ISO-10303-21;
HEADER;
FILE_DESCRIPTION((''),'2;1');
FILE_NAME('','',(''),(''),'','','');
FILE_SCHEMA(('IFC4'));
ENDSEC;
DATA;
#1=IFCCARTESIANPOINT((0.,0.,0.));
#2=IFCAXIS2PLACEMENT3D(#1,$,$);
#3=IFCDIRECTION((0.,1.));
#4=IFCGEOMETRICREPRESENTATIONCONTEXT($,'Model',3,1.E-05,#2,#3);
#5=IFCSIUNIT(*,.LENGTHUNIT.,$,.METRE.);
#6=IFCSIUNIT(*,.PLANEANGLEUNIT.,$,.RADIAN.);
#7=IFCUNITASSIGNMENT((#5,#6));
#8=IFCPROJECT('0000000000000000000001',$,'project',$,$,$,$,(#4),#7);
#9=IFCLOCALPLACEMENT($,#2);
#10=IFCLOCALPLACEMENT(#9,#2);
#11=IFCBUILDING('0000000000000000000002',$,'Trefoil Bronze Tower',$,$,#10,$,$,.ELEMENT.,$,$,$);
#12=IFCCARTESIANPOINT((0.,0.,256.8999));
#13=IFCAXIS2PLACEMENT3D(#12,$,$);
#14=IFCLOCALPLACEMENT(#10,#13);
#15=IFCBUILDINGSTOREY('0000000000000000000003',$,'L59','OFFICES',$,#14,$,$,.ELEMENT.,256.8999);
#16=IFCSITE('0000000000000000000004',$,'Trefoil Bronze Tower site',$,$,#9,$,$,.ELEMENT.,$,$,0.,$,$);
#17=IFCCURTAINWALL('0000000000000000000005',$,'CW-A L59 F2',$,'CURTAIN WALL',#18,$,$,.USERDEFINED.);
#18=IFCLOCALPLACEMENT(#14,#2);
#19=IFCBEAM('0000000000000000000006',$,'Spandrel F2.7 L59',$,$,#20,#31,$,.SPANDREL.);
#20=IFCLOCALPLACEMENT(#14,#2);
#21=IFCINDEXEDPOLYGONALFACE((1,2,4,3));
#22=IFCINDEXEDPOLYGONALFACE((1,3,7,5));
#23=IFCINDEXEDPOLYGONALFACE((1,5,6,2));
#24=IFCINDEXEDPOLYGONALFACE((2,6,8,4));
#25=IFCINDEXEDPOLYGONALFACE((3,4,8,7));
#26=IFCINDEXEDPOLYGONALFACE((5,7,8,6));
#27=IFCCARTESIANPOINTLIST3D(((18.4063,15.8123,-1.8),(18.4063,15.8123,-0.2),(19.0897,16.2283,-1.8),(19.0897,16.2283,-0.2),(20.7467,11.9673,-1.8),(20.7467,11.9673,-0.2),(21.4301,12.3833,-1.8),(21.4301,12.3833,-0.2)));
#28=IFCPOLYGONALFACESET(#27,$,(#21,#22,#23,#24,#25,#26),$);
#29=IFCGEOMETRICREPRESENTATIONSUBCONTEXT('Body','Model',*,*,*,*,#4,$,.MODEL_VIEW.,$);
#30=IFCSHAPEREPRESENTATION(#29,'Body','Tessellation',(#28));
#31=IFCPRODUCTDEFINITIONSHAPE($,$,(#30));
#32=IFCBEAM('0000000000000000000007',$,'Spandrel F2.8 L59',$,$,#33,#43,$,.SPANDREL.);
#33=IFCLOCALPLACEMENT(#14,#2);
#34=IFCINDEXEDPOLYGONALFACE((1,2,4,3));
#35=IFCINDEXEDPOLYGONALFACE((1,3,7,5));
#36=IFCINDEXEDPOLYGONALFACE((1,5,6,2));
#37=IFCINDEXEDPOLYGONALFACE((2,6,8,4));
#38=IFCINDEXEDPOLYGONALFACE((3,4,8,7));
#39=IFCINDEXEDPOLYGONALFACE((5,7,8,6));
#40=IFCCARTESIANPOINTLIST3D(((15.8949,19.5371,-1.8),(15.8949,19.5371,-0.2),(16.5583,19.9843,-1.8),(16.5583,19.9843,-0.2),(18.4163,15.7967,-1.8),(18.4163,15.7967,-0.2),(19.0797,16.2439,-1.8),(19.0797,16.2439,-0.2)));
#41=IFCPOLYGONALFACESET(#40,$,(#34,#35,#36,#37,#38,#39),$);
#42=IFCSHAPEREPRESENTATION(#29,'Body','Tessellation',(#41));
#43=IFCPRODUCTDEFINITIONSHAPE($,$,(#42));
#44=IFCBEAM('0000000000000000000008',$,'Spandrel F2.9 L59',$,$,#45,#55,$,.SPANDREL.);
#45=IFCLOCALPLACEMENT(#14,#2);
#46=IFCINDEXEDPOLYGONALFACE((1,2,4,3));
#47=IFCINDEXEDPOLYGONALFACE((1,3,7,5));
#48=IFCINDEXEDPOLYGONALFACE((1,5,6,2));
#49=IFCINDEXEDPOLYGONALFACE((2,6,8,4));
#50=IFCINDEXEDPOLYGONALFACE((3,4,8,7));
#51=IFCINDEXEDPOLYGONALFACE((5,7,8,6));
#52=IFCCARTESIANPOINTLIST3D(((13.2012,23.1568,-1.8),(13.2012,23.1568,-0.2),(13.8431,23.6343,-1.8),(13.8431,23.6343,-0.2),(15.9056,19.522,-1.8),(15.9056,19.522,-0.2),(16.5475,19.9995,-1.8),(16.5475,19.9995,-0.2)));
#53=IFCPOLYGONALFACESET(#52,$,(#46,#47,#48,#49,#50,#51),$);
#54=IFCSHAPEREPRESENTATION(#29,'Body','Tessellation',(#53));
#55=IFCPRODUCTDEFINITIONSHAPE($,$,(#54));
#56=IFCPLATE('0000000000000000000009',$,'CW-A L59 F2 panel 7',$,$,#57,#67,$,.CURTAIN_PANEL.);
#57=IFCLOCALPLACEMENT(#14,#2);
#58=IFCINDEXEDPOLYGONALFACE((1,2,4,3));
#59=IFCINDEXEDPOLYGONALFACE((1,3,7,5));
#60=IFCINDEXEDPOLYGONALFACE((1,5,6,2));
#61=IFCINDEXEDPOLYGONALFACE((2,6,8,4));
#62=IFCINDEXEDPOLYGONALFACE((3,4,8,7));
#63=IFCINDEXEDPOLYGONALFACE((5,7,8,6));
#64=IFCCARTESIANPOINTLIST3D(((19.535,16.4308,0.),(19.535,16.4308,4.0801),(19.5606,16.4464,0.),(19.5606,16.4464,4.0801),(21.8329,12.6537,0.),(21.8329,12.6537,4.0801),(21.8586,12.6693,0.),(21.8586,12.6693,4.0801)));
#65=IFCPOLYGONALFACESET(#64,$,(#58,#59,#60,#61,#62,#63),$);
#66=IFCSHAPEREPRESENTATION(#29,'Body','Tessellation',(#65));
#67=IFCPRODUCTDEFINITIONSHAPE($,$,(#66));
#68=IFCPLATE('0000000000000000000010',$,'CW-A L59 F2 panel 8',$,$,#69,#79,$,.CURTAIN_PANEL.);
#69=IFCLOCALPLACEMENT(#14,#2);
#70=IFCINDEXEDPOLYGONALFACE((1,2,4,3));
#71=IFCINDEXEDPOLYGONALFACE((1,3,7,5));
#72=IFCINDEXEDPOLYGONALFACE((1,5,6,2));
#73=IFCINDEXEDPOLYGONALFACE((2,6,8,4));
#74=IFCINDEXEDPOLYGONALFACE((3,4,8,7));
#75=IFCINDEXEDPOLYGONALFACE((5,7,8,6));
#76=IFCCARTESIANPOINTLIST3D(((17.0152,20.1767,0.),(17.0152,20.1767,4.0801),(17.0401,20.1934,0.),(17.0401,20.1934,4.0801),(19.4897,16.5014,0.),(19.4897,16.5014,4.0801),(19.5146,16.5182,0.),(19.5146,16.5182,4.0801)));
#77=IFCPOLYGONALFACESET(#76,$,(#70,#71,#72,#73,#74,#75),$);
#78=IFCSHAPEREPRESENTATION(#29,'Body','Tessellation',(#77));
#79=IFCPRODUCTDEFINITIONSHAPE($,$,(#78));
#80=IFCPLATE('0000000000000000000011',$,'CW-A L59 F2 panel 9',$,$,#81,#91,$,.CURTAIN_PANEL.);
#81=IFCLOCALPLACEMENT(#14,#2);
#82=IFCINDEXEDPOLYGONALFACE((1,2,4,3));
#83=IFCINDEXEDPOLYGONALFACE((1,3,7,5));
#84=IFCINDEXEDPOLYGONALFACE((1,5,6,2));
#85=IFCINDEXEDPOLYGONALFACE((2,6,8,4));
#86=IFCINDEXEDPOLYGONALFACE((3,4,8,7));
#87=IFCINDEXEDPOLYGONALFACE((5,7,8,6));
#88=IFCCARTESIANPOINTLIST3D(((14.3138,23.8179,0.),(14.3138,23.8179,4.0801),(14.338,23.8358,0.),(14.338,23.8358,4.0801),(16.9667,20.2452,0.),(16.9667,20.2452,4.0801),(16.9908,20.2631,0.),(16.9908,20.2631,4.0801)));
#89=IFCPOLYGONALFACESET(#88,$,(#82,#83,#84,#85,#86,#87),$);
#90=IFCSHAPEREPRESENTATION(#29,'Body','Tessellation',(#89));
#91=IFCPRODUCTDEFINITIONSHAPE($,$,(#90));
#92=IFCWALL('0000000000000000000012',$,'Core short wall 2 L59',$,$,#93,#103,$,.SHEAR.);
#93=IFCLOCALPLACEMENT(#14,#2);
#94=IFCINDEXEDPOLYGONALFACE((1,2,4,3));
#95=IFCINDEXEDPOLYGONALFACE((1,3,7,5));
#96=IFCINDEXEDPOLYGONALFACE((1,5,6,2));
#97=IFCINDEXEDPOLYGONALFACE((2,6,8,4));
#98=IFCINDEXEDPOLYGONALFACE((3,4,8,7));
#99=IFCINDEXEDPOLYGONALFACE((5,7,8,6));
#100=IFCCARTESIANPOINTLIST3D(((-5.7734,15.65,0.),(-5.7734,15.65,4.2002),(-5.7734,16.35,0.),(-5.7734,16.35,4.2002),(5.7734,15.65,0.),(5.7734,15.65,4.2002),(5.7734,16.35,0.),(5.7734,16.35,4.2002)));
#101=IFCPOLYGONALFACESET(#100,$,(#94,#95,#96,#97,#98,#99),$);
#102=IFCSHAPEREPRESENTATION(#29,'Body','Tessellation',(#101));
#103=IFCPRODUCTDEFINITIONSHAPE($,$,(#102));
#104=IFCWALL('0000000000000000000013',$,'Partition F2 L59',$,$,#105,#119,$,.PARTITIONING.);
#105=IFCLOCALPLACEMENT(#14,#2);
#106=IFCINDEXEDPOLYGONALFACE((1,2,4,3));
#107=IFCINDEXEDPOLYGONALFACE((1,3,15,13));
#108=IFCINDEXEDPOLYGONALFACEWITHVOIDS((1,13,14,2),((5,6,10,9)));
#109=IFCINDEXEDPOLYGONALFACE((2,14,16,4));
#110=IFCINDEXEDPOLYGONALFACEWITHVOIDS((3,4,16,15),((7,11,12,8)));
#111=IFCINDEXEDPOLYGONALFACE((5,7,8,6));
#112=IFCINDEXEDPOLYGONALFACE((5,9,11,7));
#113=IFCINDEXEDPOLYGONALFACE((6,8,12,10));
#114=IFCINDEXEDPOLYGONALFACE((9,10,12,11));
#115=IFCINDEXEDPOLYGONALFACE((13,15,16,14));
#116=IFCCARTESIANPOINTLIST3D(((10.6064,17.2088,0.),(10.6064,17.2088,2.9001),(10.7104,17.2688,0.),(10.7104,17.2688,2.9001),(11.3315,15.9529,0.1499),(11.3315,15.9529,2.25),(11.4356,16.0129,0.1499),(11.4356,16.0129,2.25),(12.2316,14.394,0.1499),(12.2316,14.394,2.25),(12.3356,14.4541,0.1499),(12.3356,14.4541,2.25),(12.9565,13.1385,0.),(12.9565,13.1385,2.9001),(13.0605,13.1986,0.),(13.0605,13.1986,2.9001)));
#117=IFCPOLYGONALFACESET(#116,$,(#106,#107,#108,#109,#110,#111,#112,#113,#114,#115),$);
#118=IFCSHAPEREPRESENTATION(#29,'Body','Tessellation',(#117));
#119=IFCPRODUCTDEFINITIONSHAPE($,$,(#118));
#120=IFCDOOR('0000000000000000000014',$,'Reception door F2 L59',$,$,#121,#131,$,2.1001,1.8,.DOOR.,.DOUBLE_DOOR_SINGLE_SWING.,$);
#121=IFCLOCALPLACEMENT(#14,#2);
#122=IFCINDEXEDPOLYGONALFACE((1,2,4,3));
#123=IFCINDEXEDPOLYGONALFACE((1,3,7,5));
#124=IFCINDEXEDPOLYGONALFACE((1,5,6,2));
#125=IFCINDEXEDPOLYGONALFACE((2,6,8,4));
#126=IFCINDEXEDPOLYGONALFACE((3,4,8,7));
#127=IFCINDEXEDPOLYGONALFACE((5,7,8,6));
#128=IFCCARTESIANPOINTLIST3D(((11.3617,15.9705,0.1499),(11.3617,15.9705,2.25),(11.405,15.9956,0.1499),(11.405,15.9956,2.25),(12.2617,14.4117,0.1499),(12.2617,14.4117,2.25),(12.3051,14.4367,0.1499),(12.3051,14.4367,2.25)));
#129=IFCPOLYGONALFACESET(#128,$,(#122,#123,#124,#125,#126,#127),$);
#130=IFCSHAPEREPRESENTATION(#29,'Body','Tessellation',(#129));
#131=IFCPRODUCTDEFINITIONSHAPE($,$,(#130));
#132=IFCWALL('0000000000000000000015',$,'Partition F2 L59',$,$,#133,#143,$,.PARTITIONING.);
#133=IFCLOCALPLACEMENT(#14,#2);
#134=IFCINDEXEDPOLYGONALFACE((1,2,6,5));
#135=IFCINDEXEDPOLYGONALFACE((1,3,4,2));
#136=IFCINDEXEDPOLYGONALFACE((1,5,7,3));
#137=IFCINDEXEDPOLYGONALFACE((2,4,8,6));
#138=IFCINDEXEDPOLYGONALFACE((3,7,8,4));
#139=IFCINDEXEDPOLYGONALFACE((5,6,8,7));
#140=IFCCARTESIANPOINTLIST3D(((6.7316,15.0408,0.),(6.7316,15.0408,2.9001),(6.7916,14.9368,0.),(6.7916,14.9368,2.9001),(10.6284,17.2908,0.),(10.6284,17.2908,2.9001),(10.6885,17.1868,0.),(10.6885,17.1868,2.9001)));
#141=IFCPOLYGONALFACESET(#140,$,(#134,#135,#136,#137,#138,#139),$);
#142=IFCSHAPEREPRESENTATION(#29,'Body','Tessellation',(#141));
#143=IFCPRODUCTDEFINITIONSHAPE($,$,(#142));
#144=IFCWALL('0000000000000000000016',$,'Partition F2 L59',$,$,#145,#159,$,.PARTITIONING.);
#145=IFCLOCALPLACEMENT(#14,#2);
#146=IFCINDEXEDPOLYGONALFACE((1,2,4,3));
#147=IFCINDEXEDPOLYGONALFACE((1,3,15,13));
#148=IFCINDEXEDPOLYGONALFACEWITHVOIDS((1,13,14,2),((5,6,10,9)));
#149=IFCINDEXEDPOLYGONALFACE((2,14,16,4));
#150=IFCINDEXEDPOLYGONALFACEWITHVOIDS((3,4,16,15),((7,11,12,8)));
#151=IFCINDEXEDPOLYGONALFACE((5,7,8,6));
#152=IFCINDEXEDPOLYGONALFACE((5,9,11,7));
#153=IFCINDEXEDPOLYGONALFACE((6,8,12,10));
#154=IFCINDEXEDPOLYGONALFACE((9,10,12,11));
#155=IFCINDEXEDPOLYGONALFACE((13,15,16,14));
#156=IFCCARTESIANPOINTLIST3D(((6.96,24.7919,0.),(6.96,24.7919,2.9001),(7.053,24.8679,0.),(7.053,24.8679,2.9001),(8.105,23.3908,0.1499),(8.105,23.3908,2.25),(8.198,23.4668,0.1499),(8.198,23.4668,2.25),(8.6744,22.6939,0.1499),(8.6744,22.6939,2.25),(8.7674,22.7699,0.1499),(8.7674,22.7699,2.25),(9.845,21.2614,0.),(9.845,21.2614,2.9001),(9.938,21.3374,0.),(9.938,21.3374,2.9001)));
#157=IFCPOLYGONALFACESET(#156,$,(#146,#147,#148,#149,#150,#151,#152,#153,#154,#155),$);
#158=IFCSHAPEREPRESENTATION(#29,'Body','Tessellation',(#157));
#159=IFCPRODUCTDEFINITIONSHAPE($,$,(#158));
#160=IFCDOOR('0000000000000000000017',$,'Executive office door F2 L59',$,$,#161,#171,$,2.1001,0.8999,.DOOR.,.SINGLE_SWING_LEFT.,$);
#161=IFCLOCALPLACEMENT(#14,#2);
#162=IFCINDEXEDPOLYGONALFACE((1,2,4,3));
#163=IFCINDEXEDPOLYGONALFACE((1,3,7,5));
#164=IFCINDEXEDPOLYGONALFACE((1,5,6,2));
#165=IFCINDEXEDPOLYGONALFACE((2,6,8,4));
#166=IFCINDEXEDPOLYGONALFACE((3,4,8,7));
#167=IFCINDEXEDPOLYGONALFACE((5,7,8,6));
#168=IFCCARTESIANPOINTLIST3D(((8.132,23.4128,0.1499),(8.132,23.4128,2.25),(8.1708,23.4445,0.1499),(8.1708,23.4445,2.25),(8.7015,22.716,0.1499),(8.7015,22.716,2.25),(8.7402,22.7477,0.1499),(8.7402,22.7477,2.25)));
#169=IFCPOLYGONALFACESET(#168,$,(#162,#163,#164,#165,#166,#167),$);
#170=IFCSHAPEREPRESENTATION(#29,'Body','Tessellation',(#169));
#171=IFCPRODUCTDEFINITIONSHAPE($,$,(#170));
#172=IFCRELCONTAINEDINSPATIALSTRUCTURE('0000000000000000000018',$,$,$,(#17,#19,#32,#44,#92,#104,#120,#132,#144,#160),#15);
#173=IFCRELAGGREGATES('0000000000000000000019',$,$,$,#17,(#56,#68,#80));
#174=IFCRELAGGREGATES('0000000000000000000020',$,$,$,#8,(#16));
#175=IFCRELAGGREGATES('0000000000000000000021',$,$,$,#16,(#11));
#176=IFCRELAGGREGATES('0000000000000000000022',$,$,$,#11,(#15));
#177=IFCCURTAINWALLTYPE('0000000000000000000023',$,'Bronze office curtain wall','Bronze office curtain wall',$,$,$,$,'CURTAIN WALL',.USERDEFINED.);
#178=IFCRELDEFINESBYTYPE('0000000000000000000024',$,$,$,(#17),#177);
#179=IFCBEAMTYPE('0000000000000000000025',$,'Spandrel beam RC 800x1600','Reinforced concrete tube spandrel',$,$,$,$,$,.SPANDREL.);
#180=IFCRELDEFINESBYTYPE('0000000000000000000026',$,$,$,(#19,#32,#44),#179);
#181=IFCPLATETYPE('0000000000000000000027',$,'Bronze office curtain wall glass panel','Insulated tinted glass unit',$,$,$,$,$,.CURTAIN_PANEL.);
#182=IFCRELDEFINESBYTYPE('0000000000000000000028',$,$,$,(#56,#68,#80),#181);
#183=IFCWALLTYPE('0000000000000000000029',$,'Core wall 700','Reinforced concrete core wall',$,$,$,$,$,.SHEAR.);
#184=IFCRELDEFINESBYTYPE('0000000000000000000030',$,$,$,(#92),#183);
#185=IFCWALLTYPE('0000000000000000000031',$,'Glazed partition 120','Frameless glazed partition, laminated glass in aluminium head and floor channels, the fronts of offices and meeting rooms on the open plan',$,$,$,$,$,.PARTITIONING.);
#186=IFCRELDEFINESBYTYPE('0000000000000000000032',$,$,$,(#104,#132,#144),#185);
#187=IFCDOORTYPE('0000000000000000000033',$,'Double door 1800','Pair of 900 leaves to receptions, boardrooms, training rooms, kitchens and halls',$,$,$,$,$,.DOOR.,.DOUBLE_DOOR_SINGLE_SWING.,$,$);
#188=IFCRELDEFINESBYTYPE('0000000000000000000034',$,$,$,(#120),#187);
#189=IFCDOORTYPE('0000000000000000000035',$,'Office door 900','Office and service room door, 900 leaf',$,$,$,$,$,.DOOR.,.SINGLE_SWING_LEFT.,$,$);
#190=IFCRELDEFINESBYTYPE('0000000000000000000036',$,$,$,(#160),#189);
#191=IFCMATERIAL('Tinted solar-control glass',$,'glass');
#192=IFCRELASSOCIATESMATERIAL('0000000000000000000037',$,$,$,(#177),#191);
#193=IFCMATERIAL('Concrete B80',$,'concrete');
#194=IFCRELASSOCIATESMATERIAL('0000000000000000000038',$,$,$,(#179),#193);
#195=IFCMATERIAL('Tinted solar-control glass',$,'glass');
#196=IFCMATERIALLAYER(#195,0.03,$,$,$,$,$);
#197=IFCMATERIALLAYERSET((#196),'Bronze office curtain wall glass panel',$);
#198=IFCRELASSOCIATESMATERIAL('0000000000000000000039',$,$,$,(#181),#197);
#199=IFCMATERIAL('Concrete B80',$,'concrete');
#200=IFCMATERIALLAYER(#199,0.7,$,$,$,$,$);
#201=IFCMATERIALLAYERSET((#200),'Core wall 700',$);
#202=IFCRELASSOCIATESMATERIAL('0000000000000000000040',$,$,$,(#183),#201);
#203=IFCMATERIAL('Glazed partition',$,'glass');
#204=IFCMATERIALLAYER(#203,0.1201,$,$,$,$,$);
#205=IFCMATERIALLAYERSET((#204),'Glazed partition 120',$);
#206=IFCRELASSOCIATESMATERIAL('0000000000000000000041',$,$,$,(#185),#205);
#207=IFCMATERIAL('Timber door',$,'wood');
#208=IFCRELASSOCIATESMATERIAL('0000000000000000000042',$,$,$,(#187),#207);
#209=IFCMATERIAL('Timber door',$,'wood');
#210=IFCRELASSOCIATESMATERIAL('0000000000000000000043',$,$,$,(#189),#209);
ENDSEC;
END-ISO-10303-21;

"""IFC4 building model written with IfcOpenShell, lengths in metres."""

from ifc_helpers import new_model, si_unit, direction, frame, frame_2d, origin, origin_2d, place, context, subcontext, project, spatial, rectangle, extrude, material, layer, layer_set, material_profile, profile_set, type_object, element, fill, aggregate, save


model = new_model("IFC4")

# Units and contexts
model_context = context("Model", 3, precision=1e-05, world=origin(), true_north=direction((0.0, 1.0)))
body_context = subcontext(model_context, "Body", "Model", "MODEL_VIEW")
ifc_project = project(units=[si_unit("LENGTHUNIT", "METRE"), si_unit("PLANEANGLEUNIT", "RADIAN")], contexts=[model_context])

# Site, building, storey
site_placement = place(None, origin())
site = spatial("IfcSite", under=ifc_project, at=site_placement, Name="Trefoil Bronze Tower site", CompositionType="ELEMENT", RefElevation=0.0)
building_placement = place(site_placement, origin())
building = spatial("IfcBuilding", under=site, at=building_placement, Name="Trefoil Bronze Tower", CompositionType="ELEMENT")
storey_placement = place(building_placement, frame((0.0, 0.0, 256.8999)))
storey = spatial("IfcBuildingStorey", under=building, at=storey_placement, Name="L59", Description="OFFICES", CompositionType="ELEMENT", Elevation=256.8999)

# Curtain wall
ifc_material_1 = material(Name="Tinted solar-control glass", Category="glass")
curtain_wall_type = type_object("IfcCurtainWallType", Name="Bronze office curtain wall", Description="Bronze office curtain wall", ElementType="CURTAIN WALL", PredefinedType="USERDEFINED", material=ifc_material_1)
curtain_wall_placement = place(storey_placement, origin())
curtain_wall = element("IfcCurtainWall", 1, at=curtain_wall_placement, inside=storey, type_object=curtain_wall_type, Name="CW-A L59 F2", ObjectType="CURTAIN WALL", PredefinedType="USERDEFINED")

# Beams
ifc_material_2 = material(Name="Concrete B80", Category="concrete")
ifc_material_profile_1 = material_profile(ifc_material_2, rectangle(XDim=0.8, YDim=1.6001, at=origin_2d()), Name="RC 800x1600")
ifc_profile_set_1 = profile_set([ifc_material_profile_1], Name="Concrete B80")
beam_type_1 = type_object("IfcBeamType", Name="Spandrel beam RC 800x1600", Description="Reinforced concrete tube spandrel", PredefinedType="SPANDREL", material=ifc_profile_set_1)
beam_1_placement = place(storey_placement, frame((21.0884, 12.1753, -1.0), z_axis=(-0.519933, 0.854207, 0.0), x_axis=(-0.854207, -0.519933, 0.0)))
element("IfcBeam", 2, at=beam_1_placement, inside=storey, type_object=beam_type_1, Name="Spandrel F2.7 L59", PredefinedType="SPANDREL", context=body_context, shape_type="SweptSolid", body=[
    extrude(rectangle(XDim=0.8, YDim=1.6001, at=origin_2d()), origin(), (0.0, 0.0, 1.0), 4.5012),
])
beam_2_placement = place(storey_placement, frame((18.748, 16.0203, -1.0), z_axis=(-0.558964, 0.829192, 0.0), x_axis=(-0.829192, -0.558964, 0.0)))
element("IfcBeam", 3, at=beam_2_placement, inside=storey, type_object=beam_type_1, Name="Spandrel F2.8 L59", PredefinedType="SPANDREL", context=body_context, shape_type="SweptSolid", body=[
    extrude(rectangle(XDim=0.8, YDim=1.6001, at=origin_2d()), origin(), (0.0, 0.0, 1.0), 4.511),
])
beam_3_placement = place(storey_placement, frame((16.2266, 19.7607, -1.0), z_axis=(-0.596926, 0.802296, 0.0), x_axis=(-0.802296, -0.596926, 0.0)))
element("IfcBeam", 4, at=beam_3_placement, inside=storey, type_object=beam_type_1, Name="Spandrel F2.9 L59", PredefinedType="SPANDREL", context=body_context, shape_type="SweptSolid", body=[
    extrude(rectangle(XDim=0.8, YDim=1.6001, at=origin_2d()), origin(), (0.0, 0.0, 1.0), 4.5305),
])

# Plates
ifc_material_3 = material(Name="Tinted solar-control glass", Category="glass")
ifc_layer_1 = layer(ifc_material_3, 0.03)
ifc_layer_set_1 = layer_set([ifc_layer_1], Name="Bronze office curtain wall glass panel")
plate_type = type_object("IfcPlateType", Name="Bronze office curtain wall glass panel", Description="Insulated tinted glass unit", PredefinedType="CURTAIN_PANEL", material=ifc_layer_set_1)
plate_1_placement = place(storey_placement, frame((20.6968, 14.55, 0.0), z_axis=(0.0, 0.0, 1.0), x_axis=(-0.519762, 0.854311, 0.0)))
plate_1 = element("IfcPlate", 5, at=plate_1_placement, type_object=plate_type, Name="CW-A L59 F2 panel 7", PredefinedType="CURTAIN_PANEL", context=body_context, shape_type="SweptSolid", body=[
    extrude(rectangle(XDim=4.4211, YDim=0.03, at=origin_2d()), origin(), (0.0, 0.0, 1.0), 4.0801),
])
plate_2_placement = place(storey_placement, frame((18.2649, 18.3474, 0.0), z_axis=(0.0, 0.0, 1.0), x_axis=(-0.558493, 0.829509, 0.0)))
plate_2 = element("IfcPlate", 6, at=plate_2_placement, type_object=plate_type, Name="CW-A L59 F2 panel 8", PredefinedType="CURTAIN_PANEL", context=body_context, shape_type="SweptSolid", body=[
    extrude(rectangle(XDim=4.4307, YDim=0.03, at=origin_2d()), origin(), (0.0, 0.0, 1.0), 4.0801),
])
plate_3_placement = place(storey_placement, frame((15.6523, 22.0405, 0.0), z_axis=(0.0, 0.0, 1.0), x_axis=(-0.596162, 0.802865, 0.0)))
plate_3 = element("IfcPlate", 7, at=plate_3_placement, type_object=plate_type, Name="CW-A L59 F2 panel 9", PredefinedType="CURTAIN_PANEL", context=body_context, shape_type="SweptSolid", body=[
    extrude(rectangle(XDim=4.45, YDim=0.03, at=origin_2d()), origin(), (0.0, 0.0, 1.0), 4.0801),
])
aggregate(curtain_wall, [plate_1, plate_2, plate_3])

# Wall
ifc_material_4 = material(Name="Concrete B80", Category="concrete")
ifc_layer_2 = layer(ifc_material_4, 0.7)
ifc_layer_set_2 = layer_set([ifc_layer_2], Name="Core wall 700")
wall_type_1 = type_object("IfcWallType", Name="Core wall 700", Description="Reinforced concrete core wall", PredefinedType="SHEAR", material=ifc_layer_set_2)
wall_1_placement = place(storey_placement, frame((5.7734, 16.0, 0.0), z_axis=(0.0, 0.0, 1.0), x_axis=(-1.0, 0.0, 0.0)))
element("IfcWall", 8, at=wall_1_placement, inside=storey, type_object=wall_type_1, Name="Core short wall 2 L59", PredefinedType="SHEAR", context=body_context, shape_type="SweptSolid", body=[
    extrude(rectangle(XDim=11.5469, YDim=0.7, at=frame_2d((5.7734, 0.0))), origin(), (0.0, 0.0, 1.0), 4.2002),
])

# Wall, opening, door
ifc_material_5 = material(Name="Glazed partition", Category="glass")
ifc_layer_3 = layer(ifc_material_5, 0.1201)
ifc_layer_set_3 = layer_set([ifc_layer_3], Name="Glazed partition 120")
wall_type_2 = type_object("IfcWallType", Name="Glazed partition 120", Description="Frameless glazed partition, laminated glass in aluminium head and floor channels, the fronts of offices and meeting rooms on the open plan", PredefinedType="PARTITIONING", material=ifc_layer_set_3)
wall_2_placement = place(storey_placement, frame((13.0085, 13.1685, 0.0), z_axis=(0.0, 0.0, 1.0), x_axis=(-0.500016, 0.866016, 0.0)))
wall_2 = element("IfcWall", 9, at=wall_2_placement, inside=storey, type_object=wall_type_2, Name="Partition F2 L59", PredefinedType="PARTITIONING", context=body_context, shape_type="SweptSolid", body=[
    extrude(rectangle(XDim=4.7, YDim=0.1201, at=frame_2d((2.3501, 0.0))), origin(), (0.0, 0.0, 1.0), 2.9001),
])
opening_1_placement = place(wall_2_placement, frame((1.45, 0.0, 0.1499)))
opening_1 = element("IfcOpeningElement", 10, at=opening_1_placement, cuts=wall_2, PredefinedType="OPENING", context=body_context, shape_type="SweptSolid", body=[
    extrude(rectangle(XDim=1.8, YDim=2.1001, at=frame_2d((0.8999, 1.05))), frame((0.0, 0.0701, 0.0), z_axis=(0.0, -1.0, 0.0), x_axis=(1.0, 0.0, 0.0)), (0.0, 0.0, 1.0), 0.1401),
])
ifc_material_6 = material(Name="Timber door", Category="wood")
door_type_1 = type_object("IfcDoorType", Name="Double door 1800", Description="Pair of 900 leaves to receptions, boardrooms, training rooms, kitchens and halls", OperationType="DOUBLE_DOOR_SINGLE_SWING", PredefinedType="DOOR", material=ifc_material_6)
door_1_placement = place(opening_1_placement, frame((1.8, 0.0, 0.0), z_axis=(0.0, 0.0, 1.0), x_axis=(-1.0, 0.0, 0.0)))
door_1 = element("IfcDoor", 11, at=door_1_placement, inside=storey, type_object=door_type_1, Name="Reception door F2 L59", OperationType="DOUBLE_DOOR_SINGLE_SWING", OverallHeight=2.1001, OverallWidth=1.8, PredefinedType="DOOR", context=body_context, shape_type="SweptSolid", body=[
    extrude(rectangle(XDim=1.8, YDim=2.1001, at=frame_2d((0.8999, 1.05))), frame((0.0, 0.0249, 0.0), z_axis=(0.0, -1.0, 0.0), x_axis=(1.0, 0.0, 0.0)), (0.0, 0.0, 1.0), 0.05),
])
fill(opening_1, door_1)

# Wall
wall_3_placement = place(storey_placement, frame((6.7615, 14.9888, 0.0), z_axis=(0.0, 0.0, 1.0), x_axis=(0.866018, 0.500014, 0.0)))
element("IfcWall", 12, at=wall_3_placement, inside=storey, type_object=wall_type_2, Name="Partition F2 L59", PredefinedType="PARTITIONING", context=body_context, shape_type="SweptSolid", body=[
    extrude(rectangle(XDim=4.4998, YDim=0.1201, at=frame_2d((2.25, 0.0))), origin(), (0.0, 0.0, 1.0), 2.9001),
])

# Wall, opening, door
wall_4_placement = place(storey_placement, frame((9.8916, 21.2993, 0.0), z_axis=(0.0, 0.0, 1.0), x_axis=(-0.632765, 0.774344, 0.0)))
wall_4 = element("IfcWall", 13, at=wall_4_placement, inside=storey, type_object=wall_type_2, Name="Partition F2 L59", PredefinedType="PARTITIONING", context=body_context, shape_type="SweptSolid", body=[
    extrude(rectangle(XDim=4.5593, YDim=0.1201, at=frame_2d((2.2798, 0.0))), origin(), (0.0, 0.0, 1.0), 2.9001),
])
opening_2_placement = place(wall_4_placement, frame((1.8501, 0.0, 0.1499)))
opening_2 = element("IfcOpeningElement", 14, at=opening_2_placement, cuts=wall_4, PredefinedType="OPENING", context=body_context, shape_type="SweptSolid", body=[
    extrude(rectangle(XDim=0.8999, YDim=2.1001, at=frame_2d((0.45, 1.05))), frame((0.0, 0.0701, 0.0), z_axis=(0.0, -1.0, 0.0), x_axis=(1.0, 0.0, 0.0)), (0.0, 0.0, 1.0), 0.1401),
])
ifc_material_7 = material(Name="Timber door", Category="wood")
door_type_2 = type_object("IfcDoorType", Name="Office door 900", Description="Office and service room door, 900 leaf", OperationType="SINGLE_SWING_LEFT", PredefinedType="DOOR", material=ifc_material_7)
door_2_placement = place(opening_2_placement, frame((0.8999, 0.0, 0.0), z_axis=(0.0, 0.0, 1.0), x_axis=(-1.0, 0.0, 0.0)))
door_2 = element("IfcDoor", 15, at=door_2_placement, inside=storey, type_object=door_type_2, Name="Executive office door F2 L59", OperationType="SINGLE_SWING_LEFT", OverallHeight=2.1001, OverallWidth=0.8999, PredefinedType="DOOR", context=body_context, shape_type="SweptSolid", body=[
    extrude(rectangle(XDim=0.8999, YDim=2.1001, at=frame_2d((0.45, 1.05))), frame((0.0, 0.0249, 0.0), z_axis=(0.0, -1.0, 0.0), x_axis=(1.0, 0.0, 0.0)), (0.0, 0.0, 1.0), 0.05),
])
fill(opening_2, door_2)

save(model, "model.ifc")
